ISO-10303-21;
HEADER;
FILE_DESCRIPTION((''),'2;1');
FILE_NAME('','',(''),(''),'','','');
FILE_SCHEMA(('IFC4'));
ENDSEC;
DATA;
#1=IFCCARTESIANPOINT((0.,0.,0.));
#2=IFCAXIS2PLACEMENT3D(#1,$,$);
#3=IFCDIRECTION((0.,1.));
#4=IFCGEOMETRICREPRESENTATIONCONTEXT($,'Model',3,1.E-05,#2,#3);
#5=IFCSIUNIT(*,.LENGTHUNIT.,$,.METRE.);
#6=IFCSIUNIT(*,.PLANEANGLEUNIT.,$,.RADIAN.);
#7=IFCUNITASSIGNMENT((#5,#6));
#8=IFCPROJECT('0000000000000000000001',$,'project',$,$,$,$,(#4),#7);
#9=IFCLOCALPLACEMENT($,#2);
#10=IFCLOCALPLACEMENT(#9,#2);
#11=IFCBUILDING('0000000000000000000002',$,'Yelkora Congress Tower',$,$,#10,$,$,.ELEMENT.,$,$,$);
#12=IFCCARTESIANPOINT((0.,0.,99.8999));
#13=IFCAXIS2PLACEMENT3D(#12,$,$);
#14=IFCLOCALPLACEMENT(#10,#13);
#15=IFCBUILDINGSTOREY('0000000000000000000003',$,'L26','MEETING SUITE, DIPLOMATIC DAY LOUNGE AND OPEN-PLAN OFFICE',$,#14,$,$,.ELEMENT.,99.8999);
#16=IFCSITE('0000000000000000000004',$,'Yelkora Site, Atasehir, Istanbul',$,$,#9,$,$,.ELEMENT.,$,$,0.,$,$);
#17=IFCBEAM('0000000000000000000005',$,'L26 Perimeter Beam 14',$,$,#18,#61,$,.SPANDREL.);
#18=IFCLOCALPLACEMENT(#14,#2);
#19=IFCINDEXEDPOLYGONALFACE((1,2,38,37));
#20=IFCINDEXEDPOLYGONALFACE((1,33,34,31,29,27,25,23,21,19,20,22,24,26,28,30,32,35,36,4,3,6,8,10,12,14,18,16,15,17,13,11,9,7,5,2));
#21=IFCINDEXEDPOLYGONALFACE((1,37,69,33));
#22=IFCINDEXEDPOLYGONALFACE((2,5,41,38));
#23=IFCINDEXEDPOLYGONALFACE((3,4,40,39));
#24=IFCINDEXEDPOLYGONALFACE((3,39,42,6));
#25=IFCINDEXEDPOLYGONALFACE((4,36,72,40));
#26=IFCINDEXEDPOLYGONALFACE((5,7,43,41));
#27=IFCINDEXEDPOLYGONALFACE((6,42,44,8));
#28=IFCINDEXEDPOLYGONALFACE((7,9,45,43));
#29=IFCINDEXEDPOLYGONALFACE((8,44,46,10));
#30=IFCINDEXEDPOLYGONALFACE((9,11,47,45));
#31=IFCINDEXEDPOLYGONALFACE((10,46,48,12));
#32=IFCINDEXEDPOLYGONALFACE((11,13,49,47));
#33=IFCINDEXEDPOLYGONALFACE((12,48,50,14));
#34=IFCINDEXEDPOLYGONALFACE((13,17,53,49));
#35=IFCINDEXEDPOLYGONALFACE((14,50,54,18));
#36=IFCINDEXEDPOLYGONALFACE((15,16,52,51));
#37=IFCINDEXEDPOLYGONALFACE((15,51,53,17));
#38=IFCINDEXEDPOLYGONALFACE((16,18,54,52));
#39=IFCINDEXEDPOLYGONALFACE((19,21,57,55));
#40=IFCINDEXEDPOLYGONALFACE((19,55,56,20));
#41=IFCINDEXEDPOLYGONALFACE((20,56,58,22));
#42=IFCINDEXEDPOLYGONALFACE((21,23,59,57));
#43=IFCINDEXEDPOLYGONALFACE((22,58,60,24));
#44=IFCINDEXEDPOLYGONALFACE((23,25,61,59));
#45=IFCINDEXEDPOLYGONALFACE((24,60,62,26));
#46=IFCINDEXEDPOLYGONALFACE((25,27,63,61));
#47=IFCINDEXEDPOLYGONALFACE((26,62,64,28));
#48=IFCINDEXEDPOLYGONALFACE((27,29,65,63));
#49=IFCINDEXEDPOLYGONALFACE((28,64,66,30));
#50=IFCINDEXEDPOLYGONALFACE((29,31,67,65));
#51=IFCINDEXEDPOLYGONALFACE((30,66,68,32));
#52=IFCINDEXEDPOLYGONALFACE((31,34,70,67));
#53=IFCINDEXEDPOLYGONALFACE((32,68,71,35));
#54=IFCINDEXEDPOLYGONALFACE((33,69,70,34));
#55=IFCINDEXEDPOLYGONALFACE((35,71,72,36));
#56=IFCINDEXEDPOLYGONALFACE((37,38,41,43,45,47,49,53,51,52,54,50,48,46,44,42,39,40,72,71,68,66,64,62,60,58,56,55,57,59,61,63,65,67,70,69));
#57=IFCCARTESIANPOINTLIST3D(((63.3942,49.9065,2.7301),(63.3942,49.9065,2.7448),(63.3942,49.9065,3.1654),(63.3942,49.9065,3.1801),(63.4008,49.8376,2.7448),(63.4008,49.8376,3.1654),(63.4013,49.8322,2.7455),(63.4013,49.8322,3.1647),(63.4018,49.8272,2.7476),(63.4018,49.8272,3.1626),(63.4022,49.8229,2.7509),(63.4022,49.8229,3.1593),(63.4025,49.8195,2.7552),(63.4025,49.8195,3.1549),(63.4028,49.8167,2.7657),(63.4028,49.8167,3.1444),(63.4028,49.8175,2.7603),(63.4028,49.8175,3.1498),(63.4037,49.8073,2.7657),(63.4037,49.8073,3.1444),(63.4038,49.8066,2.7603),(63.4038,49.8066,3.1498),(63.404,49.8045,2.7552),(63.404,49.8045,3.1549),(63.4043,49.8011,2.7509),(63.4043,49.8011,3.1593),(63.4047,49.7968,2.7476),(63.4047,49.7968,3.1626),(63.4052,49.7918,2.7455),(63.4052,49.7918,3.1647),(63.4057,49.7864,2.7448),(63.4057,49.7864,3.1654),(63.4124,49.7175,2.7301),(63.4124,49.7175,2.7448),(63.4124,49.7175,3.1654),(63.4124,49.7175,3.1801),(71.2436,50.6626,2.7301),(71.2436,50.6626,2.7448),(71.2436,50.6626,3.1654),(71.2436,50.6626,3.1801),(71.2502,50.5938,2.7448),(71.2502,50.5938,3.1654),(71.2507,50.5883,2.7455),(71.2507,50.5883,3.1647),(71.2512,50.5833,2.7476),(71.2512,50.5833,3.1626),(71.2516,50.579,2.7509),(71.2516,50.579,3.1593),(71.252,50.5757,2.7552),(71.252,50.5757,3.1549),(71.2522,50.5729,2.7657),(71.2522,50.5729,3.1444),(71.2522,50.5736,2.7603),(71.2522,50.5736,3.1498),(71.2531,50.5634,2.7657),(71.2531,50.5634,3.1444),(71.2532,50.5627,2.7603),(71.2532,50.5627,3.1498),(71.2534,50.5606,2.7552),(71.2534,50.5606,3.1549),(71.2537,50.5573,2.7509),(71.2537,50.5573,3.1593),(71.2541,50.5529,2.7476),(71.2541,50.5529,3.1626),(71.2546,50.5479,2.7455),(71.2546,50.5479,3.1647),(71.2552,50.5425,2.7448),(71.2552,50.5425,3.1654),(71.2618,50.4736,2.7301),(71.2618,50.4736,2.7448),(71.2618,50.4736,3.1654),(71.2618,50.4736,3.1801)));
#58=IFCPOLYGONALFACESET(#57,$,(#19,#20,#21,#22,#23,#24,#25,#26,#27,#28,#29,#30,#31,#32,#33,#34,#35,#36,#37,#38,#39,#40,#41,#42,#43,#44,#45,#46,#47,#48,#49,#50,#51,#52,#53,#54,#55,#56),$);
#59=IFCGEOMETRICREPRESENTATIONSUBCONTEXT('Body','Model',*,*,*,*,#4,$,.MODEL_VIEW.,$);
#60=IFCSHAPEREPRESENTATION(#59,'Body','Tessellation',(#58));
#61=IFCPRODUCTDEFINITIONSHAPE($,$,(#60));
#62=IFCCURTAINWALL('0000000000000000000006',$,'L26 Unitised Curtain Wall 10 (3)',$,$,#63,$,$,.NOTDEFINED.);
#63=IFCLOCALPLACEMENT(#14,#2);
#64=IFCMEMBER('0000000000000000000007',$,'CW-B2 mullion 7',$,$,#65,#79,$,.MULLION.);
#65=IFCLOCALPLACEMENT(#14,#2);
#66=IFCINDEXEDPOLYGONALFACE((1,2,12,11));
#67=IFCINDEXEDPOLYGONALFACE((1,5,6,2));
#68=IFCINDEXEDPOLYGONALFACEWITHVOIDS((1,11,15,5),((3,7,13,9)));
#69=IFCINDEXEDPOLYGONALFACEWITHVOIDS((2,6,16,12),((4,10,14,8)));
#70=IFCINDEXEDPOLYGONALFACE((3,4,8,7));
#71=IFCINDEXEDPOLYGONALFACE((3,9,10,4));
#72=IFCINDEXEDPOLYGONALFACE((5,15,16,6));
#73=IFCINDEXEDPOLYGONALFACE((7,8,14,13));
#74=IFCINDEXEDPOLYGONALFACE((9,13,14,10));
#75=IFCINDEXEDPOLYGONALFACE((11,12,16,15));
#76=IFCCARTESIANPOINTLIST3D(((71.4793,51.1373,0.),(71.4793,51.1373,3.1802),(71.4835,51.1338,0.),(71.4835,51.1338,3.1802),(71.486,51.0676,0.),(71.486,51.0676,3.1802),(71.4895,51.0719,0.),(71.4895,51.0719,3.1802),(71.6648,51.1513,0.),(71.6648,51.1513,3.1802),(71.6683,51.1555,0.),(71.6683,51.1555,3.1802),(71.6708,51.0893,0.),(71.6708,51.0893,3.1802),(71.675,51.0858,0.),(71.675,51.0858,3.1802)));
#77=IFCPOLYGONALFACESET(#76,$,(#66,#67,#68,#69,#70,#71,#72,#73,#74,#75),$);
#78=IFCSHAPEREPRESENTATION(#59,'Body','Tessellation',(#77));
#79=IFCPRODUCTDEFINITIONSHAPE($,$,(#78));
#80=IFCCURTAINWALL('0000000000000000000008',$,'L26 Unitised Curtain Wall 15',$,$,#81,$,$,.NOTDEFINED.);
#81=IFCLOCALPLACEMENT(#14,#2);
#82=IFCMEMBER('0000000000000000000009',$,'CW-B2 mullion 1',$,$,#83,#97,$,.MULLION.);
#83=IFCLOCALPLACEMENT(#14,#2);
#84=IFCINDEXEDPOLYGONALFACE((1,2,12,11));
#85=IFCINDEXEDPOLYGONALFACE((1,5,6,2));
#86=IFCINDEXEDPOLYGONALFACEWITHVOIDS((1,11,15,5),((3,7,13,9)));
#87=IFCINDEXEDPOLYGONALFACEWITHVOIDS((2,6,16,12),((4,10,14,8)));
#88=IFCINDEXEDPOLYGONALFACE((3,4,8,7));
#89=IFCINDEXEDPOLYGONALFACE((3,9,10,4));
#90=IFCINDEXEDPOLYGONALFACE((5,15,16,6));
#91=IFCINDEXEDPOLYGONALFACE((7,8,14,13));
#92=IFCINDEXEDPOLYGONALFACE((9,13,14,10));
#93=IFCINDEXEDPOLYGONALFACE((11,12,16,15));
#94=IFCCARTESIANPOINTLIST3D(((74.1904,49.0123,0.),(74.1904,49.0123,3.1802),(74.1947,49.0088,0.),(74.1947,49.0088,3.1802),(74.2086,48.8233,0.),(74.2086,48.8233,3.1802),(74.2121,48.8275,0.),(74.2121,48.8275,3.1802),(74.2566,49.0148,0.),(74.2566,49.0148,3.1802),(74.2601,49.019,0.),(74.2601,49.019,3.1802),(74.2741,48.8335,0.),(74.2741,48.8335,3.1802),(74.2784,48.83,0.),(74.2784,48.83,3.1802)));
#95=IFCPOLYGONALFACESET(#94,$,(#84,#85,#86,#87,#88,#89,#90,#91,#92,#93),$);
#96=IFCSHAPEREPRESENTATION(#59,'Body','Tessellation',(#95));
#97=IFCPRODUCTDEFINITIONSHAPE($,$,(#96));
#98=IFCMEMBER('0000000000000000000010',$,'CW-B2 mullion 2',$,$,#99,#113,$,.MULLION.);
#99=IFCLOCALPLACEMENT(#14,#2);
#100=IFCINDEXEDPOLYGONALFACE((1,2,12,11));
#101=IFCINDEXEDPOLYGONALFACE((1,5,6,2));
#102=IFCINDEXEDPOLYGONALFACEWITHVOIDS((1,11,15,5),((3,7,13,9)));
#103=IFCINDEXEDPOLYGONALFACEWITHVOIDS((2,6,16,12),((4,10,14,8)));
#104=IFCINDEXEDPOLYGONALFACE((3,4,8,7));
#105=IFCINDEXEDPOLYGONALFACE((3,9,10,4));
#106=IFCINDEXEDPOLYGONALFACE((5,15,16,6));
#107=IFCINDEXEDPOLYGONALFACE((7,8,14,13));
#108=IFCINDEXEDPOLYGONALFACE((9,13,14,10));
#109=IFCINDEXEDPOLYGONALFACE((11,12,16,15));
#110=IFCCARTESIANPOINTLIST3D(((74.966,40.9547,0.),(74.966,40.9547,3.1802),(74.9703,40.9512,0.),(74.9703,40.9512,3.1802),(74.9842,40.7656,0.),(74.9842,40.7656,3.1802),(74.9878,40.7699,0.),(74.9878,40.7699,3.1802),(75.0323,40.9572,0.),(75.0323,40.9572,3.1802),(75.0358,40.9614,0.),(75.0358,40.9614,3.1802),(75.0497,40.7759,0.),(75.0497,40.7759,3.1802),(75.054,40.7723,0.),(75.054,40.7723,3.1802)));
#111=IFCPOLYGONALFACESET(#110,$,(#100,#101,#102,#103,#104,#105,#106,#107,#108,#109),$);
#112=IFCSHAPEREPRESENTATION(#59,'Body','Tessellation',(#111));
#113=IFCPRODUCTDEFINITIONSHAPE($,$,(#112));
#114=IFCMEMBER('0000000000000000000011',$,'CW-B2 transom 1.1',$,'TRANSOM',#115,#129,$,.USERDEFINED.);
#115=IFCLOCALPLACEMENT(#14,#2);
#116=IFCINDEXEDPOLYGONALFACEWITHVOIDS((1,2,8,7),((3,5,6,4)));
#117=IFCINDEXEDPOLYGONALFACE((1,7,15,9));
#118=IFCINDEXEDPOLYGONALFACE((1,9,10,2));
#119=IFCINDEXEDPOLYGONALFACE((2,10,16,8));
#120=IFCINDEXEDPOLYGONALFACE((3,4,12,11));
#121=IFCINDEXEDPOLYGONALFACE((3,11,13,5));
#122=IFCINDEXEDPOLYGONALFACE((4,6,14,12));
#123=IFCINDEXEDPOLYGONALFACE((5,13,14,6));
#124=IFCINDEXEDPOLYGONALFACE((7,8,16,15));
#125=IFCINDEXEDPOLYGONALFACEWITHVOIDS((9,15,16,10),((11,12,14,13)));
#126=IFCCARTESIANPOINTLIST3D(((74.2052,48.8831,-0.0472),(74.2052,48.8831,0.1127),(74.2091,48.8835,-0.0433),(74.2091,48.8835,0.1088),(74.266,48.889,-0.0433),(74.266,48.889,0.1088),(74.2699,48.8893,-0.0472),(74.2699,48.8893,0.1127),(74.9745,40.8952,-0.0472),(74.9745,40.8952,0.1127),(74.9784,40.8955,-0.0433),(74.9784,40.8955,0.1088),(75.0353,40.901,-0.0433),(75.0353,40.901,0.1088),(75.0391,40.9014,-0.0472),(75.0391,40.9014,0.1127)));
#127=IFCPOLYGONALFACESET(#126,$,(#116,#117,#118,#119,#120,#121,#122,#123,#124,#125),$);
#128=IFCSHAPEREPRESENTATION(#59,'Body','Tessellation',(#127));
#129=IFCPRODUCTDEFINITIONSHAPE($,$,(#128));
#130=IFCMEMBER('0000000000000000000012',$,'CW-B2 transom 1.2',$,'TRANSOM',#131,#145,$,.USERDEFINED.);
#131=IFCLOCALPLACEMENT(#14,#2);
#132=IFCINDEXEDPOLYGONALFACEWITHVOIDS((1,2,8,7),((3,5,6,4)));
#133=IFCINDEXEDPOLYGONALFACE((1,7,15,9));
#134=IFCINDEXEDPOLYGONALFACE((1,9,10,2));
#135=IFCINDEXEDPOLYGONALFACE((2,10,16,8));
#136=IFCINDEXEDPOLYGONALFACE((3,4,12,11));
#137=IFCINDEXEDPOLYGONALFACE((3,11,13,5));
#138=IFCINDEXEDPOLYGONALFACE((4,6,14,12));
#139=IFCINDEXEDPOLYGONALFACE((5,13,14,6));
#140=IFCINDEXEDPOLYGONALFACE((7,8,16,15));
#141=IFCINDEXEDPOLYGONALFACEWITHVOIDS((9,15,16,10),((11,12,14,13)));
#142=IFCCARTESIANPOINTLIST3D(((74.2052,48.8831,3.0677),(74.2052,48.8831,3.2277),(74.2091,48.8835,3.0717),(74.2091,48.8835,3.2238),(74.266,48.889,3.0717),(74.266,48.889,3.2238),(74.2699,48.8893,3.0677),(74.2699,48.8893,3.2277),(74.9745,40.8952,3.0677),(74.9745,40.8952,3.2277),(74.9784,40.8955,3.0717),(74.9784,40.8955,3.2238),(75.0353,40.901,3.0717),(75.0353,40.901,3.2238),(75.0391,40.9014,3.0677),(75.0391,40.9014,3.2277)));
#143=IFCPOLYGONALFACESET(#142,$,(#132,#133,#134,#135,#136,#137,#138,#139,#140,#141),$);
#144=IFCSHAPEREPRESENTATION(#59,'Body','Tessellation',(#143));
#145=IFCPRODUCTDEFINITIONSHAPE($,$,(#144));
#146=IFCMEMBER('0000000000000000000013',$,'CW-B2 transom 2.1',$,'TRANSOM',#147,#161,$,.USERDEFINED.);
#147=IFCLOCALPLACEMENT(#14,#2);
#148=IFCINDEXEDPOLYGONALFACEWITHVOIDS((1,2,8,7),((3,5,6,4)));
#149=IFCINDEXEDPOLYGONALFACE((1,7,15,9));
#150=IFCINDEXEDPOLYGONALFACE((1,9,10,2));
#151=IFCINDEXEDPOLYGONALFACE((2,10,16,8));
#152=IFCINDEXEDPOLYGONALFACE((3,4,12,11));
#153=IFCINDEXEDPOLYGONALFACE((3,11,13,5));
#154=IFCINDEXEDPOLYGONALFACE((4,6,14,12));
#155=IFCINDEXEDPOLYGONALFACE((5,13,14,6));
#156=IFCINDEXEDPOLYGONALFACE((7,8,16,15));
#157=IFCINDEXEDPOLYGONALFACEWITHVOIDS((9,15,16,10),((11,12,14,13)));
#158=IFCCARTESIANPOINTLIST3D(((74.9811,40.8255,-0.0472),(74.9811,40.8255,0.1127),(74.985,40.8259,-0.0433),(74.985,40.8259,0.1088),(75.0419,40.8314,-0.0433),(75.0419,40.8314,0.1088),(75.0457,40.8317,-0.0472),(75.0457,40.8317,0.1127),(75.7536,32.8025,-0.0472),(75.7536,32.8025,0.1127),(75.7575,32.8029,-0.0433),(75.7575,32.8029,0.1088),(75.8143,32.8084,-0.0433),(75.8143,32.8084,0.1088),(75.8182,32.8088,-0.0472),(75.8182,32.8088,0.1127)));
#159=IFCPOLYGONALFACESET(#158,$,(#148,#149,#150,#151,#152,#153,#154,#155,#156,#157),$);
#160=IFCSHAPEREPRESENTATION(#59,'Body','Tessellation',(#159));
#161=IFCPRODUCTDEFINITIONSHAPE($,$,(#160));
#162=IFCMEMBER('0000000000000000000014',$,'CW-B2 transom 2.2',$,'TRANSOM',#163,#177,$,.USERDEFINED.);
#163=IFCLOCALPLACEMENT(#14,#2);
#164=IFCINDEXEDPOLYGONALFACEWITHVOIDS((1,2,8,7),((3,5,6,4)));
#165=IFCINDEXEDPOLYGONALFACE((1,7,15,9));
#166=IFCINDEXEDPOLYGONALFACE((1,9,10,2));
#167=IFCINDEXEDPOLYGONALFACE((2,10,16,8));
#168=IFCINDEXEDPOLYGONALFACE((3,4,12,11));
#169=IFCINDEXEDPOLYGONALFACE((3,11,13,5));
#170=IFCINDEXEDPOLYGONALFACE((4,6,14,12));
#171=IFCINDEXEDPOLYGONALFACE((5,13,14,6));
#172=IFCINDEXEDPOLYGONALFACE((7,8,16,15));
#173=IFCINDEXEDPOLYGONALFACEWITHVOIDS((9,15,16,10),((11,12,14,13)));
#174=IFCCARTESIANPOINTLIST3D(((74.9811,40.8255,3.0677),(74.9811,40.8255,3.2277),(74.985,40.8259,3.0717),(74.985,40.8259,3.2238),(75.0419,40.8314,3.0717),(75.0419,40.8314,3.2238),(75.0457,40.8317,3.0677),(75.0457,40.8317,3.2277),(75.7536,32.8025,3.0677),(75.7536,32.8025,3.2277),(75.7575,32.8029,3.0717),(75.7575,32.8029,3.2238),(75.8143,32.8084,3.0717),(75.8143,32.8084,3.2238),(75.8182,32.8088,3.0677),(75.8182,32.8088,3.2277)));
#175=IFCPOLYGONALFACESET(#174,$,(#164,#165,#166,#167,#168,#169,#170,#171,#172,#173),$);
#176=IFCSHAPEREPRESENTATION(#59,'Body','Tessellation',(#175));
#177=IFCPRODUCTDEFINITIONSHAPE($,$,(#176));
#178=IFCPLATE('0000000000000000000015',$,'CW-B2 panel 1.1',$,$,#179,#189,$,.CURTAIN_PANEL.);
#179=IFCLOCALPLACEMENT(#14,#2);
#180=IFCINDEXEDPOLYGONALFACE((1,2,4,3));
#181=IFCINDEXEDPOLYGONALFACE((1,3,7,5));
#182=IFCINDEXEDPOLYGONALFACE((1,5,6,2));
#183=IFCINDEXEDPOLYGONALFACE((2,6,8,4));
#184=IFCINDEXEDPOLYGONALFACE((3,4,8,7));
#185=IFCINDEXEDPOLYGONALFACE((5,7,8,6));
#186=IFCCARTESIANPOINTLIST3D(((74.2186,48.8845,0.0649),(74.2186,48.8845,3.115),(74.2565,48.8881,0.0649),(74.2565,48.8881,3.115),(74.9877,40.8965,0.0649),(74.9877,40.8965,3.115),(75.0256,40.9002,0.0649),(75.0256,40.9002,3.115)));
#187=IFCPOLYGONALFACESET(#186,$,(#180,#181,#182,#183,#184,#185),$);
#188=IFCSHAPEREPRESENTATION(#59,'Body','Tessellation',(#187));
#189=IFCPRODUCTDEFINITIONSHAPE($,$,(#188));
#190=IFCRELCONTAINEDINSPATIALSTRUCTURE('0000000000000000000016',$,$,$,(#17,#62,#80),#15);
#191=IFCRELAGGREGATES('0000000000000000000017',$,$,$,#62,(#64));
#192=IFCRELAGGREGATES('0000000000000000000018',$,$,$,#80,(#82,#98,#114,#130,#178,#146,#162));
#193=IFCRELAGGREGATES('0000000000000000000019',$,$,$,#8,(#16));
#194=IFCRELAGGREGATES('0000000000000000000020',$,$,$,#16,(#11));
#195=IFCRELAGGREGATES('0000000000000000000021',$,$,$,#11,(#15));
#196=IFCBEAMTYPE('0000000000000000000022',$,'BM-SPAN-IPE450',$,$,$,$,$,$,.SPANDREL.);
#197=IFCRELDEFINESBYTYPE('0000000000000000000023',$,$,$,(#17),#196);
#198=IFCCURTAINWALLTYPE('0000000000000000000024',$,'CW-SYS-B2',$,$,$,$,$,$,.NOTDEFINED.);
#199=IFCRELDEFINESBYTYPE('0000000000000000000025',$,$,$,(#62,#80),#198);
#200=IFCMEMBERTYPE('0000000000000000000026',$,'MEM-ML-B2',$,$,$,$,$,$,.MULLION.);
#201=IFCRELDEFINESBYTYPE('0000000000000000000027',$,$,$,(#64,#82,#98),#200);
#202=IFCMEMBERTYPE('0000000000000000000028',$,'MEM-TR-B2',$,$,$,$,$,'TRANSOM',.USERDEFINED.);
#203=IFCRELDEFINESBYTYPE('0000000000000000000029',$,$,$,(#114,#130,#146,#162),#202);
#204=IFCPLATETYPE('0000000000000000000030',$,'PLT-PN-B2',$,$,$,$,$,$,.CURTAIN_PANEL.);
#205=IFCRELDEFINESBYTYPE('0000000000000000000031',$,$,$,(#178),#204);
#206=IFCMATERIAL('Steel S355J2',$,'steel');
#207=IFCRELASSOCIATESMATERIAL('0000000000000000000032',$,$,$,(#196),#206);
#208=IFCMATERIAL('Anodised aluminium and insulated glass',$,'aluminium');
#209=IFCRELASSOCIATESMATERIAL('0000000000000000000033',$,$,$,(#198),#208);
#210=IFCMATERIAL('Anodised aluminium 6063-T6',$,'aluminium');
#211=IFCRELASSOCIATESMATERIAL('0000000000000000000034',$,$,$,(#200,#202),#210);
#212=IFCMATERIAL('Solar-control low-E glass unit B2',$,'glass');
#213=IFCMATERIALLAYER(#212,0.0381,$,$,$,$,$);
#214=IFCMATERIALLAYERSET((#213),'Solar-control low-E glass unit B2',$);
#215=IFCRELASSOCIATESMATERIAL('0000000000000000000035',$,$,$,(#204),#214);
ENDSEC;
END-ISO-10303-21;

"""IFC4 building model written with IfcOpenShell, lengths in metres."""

from ifc_helpers import new_model, si_unit, direction, frame, origin, origin_2d, place, context, subcontext, project, spatial, rectangle, hollow_rectangle, i_section, extrude, material, layer, layer_set, material_profile, profile_set, type_object, element, aggregate, save


model = new_model("IFC4")

# Units and contexts
model_context = context("Model", 3, precision=1e-05, world=origin(), true_north=direction((0.0, 1.0)))
body_context = subcontext(model_context, "Body", "Model", "MODEL_VIEW")
ifc_project = project(units=[si_unit("LENGTHUNIT", "METRE"), si_unit("PLANEANGLEUNIT", "RADIAN")], contexts=[model_context])

# Site, building, storey
site_placement = place(None, origin())
site = spatial("IfcSite", under=ifc_project, at=site_placement, Name="Yelkora Site, Atasehir, Istanbul", CompositionType="ELEMENT", RefElevation=0.0)
building_placement = place(site_placement, origin())
building = spatial("IfcBuilding", under=site, at=building_placement, Name="Yelkora Congress Tower", CompositionType="ELEMENT")
storey_placement = place(building_placement, frame((0.0, 0.0, 99.8999)))
storey = spatial("IfcBuildingStorey", under=building, at=storey_placement, Name="L26", Description="MEETING SUITE, DIPLOMATIC DAY LOUNGE AND OPEN-PLAN OFFICE", CompositionType="ELEMENT", Elevation=99.8999)

# Beam
ifc_material_1 = material(Name="Steel S355J2", Category="steel")
ifc_material_profile_1 = material_profile(ifc_material_1, i_section(OverallWidth=0.1899, OverallDepth=0.45, WebThickness=0.0095, FlangeThickness=0.0146, FilletRadius=0.021, at=origin_2d()), Name="IPE 450")
ifc_profile_set_1 = profile_set([ifc_material_profile_1], Name="Steel S355J2")
beam_type_1 = type_object("IfcBeamType", Name="BM-SPAN-IPE450", PredefinedType="SPANDREL", material=ifc_profile_set_1)
beam_1_placement = place(storey_placement, frame((71.2527, 50.5681, 2.9551), z_axis=(-0.995393, -0.095883, 0.0), x_axis=(0.095883, -0.995393, 0.0)))
element("IfcBeam", 1, at=beam_1_placement, inside=storey, type_object=beam_type_1, Name="L26 Perimeter Beam 14", PredefinedType="SPANDREL", context=body_context, shape_type="SweptSolid", body=[
    extrude(i_section(OverallWidth=0.1899, OverallDepth=0.45, WebThickness=0.0095, FlangeThickness=0.0146, FilletRadius=0.021, at=origin_2d()), origin(), (0.0, 0.0, 1.0), 7.8857),
])

# Curtain wall, member
ifc_material_2 = material(Name="Anodised aluminium and insulated glass", Category="aluminium")
curtain_wall_type = type_object("IfcCurtainWallType", Name="CW-SYS-B2", PredefinedType="NOTDEFINED", material=ifc_material_2)
curtain_wall_1_placement = place(storey_placement, origin())
curtain_wall_1 = element("IfcCurtainWall", 2, at=curtain_wall_1_placement, inside=storey, type_object=curtain_wall_type, Name="L26 Unitised Curtain Wall 10 (3)", PredefinedType="NOTDEFINED")
ifc_material_3 = material(Name="Anodised aluminium 6063-T6", Category="aluminium")
ifc_material_profile_2 = material_profile(ifc_material_3, hollow_rectangle(XDim=0.0701, YDim=0.1899, WallThickness=0.0039, at=origin_2d()), Name="ALU 70x190x4")
ifc_profile_set_2 = profile_set([ifc_material_profile_2], Name="Anodised aluminium 6063-T6")
member_type_1 = type_object("IfcMemberType", Name="MEM-ML-B2", PredefinedType="MULLION", material=ifc_profile_set_2)
member_1_placement = place(storey_placement, frame((71.5771, 51.1116, 0.0), z_axis=(0.0, 0.0, 1.0), x_axis=(-0.095844, 0.995396, 0.0)))
member_1 = element("IfcMember", 3, at=member_1_placement, type_object=member_type_1, Name="CW-B2 mullion 7", PredefinedType="MULLION", context=body_context, shape_type="SweptSolid", body=[
    extrude(hollow_rectangle(XDim=0.0701, YDim=0.1899, WallThickness=0.0039, at=origin_2d()), origin(), (0.0, 0.0, 1.0), 3.1802),
])
aggregate(curtain_wall_1, [member_1])

# Curtain wall, members, plate
curtain_wall_2_placement = place(storey_placement, origin())
curtain_wall_2 = element("IfcCurtainWall", 4, at=curtain_wall_2_placement, inside=storey, type_object=curtain_wall_type, Name="L26 Unitised Curtain Wall 15", PredefinedType="NOTDEFINED")
member_2_placement = place(storey_placement, frame((74.2344, 48.9211, 0.0), z_axis=(0.0, 0.0, 1.0), x_axis=(0.995397, 0.095843, 0.0)))
member_2 = element("IfcMember", 5, at=member_2_placement, type_object=member_type_1, Name="CW-B2 mullion 1", PredefinedType="MULLION", context=body_context, shape_type="SweptSolid", body=[
    extrude(hollow_rectangle(XDim=0.0701, YDim=0.1899, WallThickness=0.0039, at=origin_2d()), origin(), (0.0, 0.0, 1.0), 3.1802),
])
member_3_placement = place(storey_placement, frame((75.01, 40.8635, 0.0), z_axis=(0.0, 0.0, 1.0), x_axis=(0.995397, 0.095843, 0.0)))
member_3 = element("IfcMember", 6, at=member_3_placement, type_object=member_type_1, Name="CW-B2 mullion 2", PredefinedType="MULLION", context=body_context, shape_type="SweptSolid", body=[
    extrude(hollow_rectangle(XDim=0.0701, YDim=0.1899, WallThickness=0.0039, at=origin_2d()), origin(), (0.0, 0.0, 1.0), 3.1802),
])
ifc_material_profile_3 = material_profile(ifc_material_3, hollow_rectangle(XDim=0.0649, YDim=0.1599, WallThickness=0.0039, at=origin_2d()), Name="ALU 65x160x4")
ifc_profile_set_3 = profile_set([ifc_material_profile_3], Name="Anodised aluminium 6063-T6")
member_type_2 = type_object("IfcMemberType", Name="MEM-TR-B2", ElementType="TRANSOM", PredefinedType="USERDEFINED", material=ifc_profile_set_3)
member_4_placement = place(storey_placement, frame((74.2375, 48.8862, 0.0327), z_axis=(0.095861, -0.995395, 0.0), x_axis=(0.995395, 0.095861, 0.0)))
member_4 = element("IfcMember", 7, at=member_4_placement, type_object=member_type_2, Name="CW-B2 transom 1.1", ObjectType="TRANSOM", PredefinedType="USERDEFINED", context=body_context, shape_type="SweptSolid", body=[
    extrude(hollow_rectangle(XDim=0.0649, YDim=0.1599, WallThickness=0.0039, at=origin_2d()), origin(), (0.0, 0.0, 1.0), 8.0249),
])
member_5_placement = place(storey_placement, frame((74.2375, 48.8862, 3.1477), z_axis=(0.095861, -0.995395, 0.0), x_axis=(0.995395, 0.095861, 0.0)))
member_5 = element("IfcMember", 8, at=member_5_placement, type_object=member_type_2, Name="CW-B2 transom 1.2", ObjectType="TRANSOM", PredefinedType="USERDEFINED", context=body_context, shape_type="SweptSolid", body=[
    extrude(hollow_rectangle(XDim=0.0649, YDim=0.1599, WallThickness=0.0039, at=origin_2d()), origin(), (0.0, 0.0, 1.0), 8.0249),
])
member_6_placement = place(storey_placement, frame((75.0134, 40.8286, 0.0327), z_axis=(0.095838, -0.995397, 0.0), x_axis=(0.995397, 0.095838, 0.0)))
member_6 = element("IfcMember", 9, at=member_6_placement, type_object=member_type_2, Name="CW-B2 transom 2.1", ObjectType="TRANSOM", PredefinedType="USERDEFINED", context=body_context, shape_type="SweptSolid", body=[
    extrude(hollow_rectangle(XDim=0.0649, YDim=0.1599, WallThickness=0.0039, at=origin_2d()), origin(), (0.0, 0.0, 1.0), 8.0601),
])
member_7_placement = place(storey_placement, frame((75.0134, 40.8286, 3.1477), z_axis=(0.095838, -0.995397, 0.0), x_axis=(0.995397, 0.095838, 0.0)))
member_7 = element("IfcMember", 10, at=member_7_placement, type_object=member_type_2, Name="CW-B2 transom 2.2", ObjectType="TRANSOM", PredefinedType="USERDEFINED", context=body_context, shape_type="SweptSolid", body=[
    extrude(hollow_rectangle(XDim=0.0649, YDim=0.1599, WallThickness=0.0039, at=origin_2d()), origin(), (0.0, 0.0, 1.0), 8.0601),
])
ifc_material_4 = material(Name="Solar-control low-E glass unit B2", Category="glass")
ifc_layer_1 = layer(ifc_material_4, 0.0381)
ifc_layer_set_1 = layer_set([ifc_layer_1], Name="Solar-control low-E glass unit B2")
plate_type = type_object("IfcPlateType", Name="PLT-PN-B2", PredefinedType="CURTAIN_PANEL", material=ifc_layer_set_1)
plate_1_placement = place(storey_placement, frame((74.6221, 44.8923, 0.0649), z_axis=(0.0, 0.0, 1.0), x_axis=(0.095843, -0.995397, 0.0)))
plate_1 = element("IfcPlate", 11, at=plate_1_placement, type_object=plate_type, Name="CW-B2 panel 1.1", PredefinedType="CURTAIN_PANEL", context=body_context, shape_type="SweptSolid", body=[
    extrude(rectangle(XDim=8.0249, YDim=0.0381, at=origin_2d()), origin(), (0.0, 0.0, 1.0), 3.05),
])
aggregate(curtain_wall_2, [member_2, member_3, member_4, member_5, plate_1, member_6, member_7])

save(model, "model.ifc")
